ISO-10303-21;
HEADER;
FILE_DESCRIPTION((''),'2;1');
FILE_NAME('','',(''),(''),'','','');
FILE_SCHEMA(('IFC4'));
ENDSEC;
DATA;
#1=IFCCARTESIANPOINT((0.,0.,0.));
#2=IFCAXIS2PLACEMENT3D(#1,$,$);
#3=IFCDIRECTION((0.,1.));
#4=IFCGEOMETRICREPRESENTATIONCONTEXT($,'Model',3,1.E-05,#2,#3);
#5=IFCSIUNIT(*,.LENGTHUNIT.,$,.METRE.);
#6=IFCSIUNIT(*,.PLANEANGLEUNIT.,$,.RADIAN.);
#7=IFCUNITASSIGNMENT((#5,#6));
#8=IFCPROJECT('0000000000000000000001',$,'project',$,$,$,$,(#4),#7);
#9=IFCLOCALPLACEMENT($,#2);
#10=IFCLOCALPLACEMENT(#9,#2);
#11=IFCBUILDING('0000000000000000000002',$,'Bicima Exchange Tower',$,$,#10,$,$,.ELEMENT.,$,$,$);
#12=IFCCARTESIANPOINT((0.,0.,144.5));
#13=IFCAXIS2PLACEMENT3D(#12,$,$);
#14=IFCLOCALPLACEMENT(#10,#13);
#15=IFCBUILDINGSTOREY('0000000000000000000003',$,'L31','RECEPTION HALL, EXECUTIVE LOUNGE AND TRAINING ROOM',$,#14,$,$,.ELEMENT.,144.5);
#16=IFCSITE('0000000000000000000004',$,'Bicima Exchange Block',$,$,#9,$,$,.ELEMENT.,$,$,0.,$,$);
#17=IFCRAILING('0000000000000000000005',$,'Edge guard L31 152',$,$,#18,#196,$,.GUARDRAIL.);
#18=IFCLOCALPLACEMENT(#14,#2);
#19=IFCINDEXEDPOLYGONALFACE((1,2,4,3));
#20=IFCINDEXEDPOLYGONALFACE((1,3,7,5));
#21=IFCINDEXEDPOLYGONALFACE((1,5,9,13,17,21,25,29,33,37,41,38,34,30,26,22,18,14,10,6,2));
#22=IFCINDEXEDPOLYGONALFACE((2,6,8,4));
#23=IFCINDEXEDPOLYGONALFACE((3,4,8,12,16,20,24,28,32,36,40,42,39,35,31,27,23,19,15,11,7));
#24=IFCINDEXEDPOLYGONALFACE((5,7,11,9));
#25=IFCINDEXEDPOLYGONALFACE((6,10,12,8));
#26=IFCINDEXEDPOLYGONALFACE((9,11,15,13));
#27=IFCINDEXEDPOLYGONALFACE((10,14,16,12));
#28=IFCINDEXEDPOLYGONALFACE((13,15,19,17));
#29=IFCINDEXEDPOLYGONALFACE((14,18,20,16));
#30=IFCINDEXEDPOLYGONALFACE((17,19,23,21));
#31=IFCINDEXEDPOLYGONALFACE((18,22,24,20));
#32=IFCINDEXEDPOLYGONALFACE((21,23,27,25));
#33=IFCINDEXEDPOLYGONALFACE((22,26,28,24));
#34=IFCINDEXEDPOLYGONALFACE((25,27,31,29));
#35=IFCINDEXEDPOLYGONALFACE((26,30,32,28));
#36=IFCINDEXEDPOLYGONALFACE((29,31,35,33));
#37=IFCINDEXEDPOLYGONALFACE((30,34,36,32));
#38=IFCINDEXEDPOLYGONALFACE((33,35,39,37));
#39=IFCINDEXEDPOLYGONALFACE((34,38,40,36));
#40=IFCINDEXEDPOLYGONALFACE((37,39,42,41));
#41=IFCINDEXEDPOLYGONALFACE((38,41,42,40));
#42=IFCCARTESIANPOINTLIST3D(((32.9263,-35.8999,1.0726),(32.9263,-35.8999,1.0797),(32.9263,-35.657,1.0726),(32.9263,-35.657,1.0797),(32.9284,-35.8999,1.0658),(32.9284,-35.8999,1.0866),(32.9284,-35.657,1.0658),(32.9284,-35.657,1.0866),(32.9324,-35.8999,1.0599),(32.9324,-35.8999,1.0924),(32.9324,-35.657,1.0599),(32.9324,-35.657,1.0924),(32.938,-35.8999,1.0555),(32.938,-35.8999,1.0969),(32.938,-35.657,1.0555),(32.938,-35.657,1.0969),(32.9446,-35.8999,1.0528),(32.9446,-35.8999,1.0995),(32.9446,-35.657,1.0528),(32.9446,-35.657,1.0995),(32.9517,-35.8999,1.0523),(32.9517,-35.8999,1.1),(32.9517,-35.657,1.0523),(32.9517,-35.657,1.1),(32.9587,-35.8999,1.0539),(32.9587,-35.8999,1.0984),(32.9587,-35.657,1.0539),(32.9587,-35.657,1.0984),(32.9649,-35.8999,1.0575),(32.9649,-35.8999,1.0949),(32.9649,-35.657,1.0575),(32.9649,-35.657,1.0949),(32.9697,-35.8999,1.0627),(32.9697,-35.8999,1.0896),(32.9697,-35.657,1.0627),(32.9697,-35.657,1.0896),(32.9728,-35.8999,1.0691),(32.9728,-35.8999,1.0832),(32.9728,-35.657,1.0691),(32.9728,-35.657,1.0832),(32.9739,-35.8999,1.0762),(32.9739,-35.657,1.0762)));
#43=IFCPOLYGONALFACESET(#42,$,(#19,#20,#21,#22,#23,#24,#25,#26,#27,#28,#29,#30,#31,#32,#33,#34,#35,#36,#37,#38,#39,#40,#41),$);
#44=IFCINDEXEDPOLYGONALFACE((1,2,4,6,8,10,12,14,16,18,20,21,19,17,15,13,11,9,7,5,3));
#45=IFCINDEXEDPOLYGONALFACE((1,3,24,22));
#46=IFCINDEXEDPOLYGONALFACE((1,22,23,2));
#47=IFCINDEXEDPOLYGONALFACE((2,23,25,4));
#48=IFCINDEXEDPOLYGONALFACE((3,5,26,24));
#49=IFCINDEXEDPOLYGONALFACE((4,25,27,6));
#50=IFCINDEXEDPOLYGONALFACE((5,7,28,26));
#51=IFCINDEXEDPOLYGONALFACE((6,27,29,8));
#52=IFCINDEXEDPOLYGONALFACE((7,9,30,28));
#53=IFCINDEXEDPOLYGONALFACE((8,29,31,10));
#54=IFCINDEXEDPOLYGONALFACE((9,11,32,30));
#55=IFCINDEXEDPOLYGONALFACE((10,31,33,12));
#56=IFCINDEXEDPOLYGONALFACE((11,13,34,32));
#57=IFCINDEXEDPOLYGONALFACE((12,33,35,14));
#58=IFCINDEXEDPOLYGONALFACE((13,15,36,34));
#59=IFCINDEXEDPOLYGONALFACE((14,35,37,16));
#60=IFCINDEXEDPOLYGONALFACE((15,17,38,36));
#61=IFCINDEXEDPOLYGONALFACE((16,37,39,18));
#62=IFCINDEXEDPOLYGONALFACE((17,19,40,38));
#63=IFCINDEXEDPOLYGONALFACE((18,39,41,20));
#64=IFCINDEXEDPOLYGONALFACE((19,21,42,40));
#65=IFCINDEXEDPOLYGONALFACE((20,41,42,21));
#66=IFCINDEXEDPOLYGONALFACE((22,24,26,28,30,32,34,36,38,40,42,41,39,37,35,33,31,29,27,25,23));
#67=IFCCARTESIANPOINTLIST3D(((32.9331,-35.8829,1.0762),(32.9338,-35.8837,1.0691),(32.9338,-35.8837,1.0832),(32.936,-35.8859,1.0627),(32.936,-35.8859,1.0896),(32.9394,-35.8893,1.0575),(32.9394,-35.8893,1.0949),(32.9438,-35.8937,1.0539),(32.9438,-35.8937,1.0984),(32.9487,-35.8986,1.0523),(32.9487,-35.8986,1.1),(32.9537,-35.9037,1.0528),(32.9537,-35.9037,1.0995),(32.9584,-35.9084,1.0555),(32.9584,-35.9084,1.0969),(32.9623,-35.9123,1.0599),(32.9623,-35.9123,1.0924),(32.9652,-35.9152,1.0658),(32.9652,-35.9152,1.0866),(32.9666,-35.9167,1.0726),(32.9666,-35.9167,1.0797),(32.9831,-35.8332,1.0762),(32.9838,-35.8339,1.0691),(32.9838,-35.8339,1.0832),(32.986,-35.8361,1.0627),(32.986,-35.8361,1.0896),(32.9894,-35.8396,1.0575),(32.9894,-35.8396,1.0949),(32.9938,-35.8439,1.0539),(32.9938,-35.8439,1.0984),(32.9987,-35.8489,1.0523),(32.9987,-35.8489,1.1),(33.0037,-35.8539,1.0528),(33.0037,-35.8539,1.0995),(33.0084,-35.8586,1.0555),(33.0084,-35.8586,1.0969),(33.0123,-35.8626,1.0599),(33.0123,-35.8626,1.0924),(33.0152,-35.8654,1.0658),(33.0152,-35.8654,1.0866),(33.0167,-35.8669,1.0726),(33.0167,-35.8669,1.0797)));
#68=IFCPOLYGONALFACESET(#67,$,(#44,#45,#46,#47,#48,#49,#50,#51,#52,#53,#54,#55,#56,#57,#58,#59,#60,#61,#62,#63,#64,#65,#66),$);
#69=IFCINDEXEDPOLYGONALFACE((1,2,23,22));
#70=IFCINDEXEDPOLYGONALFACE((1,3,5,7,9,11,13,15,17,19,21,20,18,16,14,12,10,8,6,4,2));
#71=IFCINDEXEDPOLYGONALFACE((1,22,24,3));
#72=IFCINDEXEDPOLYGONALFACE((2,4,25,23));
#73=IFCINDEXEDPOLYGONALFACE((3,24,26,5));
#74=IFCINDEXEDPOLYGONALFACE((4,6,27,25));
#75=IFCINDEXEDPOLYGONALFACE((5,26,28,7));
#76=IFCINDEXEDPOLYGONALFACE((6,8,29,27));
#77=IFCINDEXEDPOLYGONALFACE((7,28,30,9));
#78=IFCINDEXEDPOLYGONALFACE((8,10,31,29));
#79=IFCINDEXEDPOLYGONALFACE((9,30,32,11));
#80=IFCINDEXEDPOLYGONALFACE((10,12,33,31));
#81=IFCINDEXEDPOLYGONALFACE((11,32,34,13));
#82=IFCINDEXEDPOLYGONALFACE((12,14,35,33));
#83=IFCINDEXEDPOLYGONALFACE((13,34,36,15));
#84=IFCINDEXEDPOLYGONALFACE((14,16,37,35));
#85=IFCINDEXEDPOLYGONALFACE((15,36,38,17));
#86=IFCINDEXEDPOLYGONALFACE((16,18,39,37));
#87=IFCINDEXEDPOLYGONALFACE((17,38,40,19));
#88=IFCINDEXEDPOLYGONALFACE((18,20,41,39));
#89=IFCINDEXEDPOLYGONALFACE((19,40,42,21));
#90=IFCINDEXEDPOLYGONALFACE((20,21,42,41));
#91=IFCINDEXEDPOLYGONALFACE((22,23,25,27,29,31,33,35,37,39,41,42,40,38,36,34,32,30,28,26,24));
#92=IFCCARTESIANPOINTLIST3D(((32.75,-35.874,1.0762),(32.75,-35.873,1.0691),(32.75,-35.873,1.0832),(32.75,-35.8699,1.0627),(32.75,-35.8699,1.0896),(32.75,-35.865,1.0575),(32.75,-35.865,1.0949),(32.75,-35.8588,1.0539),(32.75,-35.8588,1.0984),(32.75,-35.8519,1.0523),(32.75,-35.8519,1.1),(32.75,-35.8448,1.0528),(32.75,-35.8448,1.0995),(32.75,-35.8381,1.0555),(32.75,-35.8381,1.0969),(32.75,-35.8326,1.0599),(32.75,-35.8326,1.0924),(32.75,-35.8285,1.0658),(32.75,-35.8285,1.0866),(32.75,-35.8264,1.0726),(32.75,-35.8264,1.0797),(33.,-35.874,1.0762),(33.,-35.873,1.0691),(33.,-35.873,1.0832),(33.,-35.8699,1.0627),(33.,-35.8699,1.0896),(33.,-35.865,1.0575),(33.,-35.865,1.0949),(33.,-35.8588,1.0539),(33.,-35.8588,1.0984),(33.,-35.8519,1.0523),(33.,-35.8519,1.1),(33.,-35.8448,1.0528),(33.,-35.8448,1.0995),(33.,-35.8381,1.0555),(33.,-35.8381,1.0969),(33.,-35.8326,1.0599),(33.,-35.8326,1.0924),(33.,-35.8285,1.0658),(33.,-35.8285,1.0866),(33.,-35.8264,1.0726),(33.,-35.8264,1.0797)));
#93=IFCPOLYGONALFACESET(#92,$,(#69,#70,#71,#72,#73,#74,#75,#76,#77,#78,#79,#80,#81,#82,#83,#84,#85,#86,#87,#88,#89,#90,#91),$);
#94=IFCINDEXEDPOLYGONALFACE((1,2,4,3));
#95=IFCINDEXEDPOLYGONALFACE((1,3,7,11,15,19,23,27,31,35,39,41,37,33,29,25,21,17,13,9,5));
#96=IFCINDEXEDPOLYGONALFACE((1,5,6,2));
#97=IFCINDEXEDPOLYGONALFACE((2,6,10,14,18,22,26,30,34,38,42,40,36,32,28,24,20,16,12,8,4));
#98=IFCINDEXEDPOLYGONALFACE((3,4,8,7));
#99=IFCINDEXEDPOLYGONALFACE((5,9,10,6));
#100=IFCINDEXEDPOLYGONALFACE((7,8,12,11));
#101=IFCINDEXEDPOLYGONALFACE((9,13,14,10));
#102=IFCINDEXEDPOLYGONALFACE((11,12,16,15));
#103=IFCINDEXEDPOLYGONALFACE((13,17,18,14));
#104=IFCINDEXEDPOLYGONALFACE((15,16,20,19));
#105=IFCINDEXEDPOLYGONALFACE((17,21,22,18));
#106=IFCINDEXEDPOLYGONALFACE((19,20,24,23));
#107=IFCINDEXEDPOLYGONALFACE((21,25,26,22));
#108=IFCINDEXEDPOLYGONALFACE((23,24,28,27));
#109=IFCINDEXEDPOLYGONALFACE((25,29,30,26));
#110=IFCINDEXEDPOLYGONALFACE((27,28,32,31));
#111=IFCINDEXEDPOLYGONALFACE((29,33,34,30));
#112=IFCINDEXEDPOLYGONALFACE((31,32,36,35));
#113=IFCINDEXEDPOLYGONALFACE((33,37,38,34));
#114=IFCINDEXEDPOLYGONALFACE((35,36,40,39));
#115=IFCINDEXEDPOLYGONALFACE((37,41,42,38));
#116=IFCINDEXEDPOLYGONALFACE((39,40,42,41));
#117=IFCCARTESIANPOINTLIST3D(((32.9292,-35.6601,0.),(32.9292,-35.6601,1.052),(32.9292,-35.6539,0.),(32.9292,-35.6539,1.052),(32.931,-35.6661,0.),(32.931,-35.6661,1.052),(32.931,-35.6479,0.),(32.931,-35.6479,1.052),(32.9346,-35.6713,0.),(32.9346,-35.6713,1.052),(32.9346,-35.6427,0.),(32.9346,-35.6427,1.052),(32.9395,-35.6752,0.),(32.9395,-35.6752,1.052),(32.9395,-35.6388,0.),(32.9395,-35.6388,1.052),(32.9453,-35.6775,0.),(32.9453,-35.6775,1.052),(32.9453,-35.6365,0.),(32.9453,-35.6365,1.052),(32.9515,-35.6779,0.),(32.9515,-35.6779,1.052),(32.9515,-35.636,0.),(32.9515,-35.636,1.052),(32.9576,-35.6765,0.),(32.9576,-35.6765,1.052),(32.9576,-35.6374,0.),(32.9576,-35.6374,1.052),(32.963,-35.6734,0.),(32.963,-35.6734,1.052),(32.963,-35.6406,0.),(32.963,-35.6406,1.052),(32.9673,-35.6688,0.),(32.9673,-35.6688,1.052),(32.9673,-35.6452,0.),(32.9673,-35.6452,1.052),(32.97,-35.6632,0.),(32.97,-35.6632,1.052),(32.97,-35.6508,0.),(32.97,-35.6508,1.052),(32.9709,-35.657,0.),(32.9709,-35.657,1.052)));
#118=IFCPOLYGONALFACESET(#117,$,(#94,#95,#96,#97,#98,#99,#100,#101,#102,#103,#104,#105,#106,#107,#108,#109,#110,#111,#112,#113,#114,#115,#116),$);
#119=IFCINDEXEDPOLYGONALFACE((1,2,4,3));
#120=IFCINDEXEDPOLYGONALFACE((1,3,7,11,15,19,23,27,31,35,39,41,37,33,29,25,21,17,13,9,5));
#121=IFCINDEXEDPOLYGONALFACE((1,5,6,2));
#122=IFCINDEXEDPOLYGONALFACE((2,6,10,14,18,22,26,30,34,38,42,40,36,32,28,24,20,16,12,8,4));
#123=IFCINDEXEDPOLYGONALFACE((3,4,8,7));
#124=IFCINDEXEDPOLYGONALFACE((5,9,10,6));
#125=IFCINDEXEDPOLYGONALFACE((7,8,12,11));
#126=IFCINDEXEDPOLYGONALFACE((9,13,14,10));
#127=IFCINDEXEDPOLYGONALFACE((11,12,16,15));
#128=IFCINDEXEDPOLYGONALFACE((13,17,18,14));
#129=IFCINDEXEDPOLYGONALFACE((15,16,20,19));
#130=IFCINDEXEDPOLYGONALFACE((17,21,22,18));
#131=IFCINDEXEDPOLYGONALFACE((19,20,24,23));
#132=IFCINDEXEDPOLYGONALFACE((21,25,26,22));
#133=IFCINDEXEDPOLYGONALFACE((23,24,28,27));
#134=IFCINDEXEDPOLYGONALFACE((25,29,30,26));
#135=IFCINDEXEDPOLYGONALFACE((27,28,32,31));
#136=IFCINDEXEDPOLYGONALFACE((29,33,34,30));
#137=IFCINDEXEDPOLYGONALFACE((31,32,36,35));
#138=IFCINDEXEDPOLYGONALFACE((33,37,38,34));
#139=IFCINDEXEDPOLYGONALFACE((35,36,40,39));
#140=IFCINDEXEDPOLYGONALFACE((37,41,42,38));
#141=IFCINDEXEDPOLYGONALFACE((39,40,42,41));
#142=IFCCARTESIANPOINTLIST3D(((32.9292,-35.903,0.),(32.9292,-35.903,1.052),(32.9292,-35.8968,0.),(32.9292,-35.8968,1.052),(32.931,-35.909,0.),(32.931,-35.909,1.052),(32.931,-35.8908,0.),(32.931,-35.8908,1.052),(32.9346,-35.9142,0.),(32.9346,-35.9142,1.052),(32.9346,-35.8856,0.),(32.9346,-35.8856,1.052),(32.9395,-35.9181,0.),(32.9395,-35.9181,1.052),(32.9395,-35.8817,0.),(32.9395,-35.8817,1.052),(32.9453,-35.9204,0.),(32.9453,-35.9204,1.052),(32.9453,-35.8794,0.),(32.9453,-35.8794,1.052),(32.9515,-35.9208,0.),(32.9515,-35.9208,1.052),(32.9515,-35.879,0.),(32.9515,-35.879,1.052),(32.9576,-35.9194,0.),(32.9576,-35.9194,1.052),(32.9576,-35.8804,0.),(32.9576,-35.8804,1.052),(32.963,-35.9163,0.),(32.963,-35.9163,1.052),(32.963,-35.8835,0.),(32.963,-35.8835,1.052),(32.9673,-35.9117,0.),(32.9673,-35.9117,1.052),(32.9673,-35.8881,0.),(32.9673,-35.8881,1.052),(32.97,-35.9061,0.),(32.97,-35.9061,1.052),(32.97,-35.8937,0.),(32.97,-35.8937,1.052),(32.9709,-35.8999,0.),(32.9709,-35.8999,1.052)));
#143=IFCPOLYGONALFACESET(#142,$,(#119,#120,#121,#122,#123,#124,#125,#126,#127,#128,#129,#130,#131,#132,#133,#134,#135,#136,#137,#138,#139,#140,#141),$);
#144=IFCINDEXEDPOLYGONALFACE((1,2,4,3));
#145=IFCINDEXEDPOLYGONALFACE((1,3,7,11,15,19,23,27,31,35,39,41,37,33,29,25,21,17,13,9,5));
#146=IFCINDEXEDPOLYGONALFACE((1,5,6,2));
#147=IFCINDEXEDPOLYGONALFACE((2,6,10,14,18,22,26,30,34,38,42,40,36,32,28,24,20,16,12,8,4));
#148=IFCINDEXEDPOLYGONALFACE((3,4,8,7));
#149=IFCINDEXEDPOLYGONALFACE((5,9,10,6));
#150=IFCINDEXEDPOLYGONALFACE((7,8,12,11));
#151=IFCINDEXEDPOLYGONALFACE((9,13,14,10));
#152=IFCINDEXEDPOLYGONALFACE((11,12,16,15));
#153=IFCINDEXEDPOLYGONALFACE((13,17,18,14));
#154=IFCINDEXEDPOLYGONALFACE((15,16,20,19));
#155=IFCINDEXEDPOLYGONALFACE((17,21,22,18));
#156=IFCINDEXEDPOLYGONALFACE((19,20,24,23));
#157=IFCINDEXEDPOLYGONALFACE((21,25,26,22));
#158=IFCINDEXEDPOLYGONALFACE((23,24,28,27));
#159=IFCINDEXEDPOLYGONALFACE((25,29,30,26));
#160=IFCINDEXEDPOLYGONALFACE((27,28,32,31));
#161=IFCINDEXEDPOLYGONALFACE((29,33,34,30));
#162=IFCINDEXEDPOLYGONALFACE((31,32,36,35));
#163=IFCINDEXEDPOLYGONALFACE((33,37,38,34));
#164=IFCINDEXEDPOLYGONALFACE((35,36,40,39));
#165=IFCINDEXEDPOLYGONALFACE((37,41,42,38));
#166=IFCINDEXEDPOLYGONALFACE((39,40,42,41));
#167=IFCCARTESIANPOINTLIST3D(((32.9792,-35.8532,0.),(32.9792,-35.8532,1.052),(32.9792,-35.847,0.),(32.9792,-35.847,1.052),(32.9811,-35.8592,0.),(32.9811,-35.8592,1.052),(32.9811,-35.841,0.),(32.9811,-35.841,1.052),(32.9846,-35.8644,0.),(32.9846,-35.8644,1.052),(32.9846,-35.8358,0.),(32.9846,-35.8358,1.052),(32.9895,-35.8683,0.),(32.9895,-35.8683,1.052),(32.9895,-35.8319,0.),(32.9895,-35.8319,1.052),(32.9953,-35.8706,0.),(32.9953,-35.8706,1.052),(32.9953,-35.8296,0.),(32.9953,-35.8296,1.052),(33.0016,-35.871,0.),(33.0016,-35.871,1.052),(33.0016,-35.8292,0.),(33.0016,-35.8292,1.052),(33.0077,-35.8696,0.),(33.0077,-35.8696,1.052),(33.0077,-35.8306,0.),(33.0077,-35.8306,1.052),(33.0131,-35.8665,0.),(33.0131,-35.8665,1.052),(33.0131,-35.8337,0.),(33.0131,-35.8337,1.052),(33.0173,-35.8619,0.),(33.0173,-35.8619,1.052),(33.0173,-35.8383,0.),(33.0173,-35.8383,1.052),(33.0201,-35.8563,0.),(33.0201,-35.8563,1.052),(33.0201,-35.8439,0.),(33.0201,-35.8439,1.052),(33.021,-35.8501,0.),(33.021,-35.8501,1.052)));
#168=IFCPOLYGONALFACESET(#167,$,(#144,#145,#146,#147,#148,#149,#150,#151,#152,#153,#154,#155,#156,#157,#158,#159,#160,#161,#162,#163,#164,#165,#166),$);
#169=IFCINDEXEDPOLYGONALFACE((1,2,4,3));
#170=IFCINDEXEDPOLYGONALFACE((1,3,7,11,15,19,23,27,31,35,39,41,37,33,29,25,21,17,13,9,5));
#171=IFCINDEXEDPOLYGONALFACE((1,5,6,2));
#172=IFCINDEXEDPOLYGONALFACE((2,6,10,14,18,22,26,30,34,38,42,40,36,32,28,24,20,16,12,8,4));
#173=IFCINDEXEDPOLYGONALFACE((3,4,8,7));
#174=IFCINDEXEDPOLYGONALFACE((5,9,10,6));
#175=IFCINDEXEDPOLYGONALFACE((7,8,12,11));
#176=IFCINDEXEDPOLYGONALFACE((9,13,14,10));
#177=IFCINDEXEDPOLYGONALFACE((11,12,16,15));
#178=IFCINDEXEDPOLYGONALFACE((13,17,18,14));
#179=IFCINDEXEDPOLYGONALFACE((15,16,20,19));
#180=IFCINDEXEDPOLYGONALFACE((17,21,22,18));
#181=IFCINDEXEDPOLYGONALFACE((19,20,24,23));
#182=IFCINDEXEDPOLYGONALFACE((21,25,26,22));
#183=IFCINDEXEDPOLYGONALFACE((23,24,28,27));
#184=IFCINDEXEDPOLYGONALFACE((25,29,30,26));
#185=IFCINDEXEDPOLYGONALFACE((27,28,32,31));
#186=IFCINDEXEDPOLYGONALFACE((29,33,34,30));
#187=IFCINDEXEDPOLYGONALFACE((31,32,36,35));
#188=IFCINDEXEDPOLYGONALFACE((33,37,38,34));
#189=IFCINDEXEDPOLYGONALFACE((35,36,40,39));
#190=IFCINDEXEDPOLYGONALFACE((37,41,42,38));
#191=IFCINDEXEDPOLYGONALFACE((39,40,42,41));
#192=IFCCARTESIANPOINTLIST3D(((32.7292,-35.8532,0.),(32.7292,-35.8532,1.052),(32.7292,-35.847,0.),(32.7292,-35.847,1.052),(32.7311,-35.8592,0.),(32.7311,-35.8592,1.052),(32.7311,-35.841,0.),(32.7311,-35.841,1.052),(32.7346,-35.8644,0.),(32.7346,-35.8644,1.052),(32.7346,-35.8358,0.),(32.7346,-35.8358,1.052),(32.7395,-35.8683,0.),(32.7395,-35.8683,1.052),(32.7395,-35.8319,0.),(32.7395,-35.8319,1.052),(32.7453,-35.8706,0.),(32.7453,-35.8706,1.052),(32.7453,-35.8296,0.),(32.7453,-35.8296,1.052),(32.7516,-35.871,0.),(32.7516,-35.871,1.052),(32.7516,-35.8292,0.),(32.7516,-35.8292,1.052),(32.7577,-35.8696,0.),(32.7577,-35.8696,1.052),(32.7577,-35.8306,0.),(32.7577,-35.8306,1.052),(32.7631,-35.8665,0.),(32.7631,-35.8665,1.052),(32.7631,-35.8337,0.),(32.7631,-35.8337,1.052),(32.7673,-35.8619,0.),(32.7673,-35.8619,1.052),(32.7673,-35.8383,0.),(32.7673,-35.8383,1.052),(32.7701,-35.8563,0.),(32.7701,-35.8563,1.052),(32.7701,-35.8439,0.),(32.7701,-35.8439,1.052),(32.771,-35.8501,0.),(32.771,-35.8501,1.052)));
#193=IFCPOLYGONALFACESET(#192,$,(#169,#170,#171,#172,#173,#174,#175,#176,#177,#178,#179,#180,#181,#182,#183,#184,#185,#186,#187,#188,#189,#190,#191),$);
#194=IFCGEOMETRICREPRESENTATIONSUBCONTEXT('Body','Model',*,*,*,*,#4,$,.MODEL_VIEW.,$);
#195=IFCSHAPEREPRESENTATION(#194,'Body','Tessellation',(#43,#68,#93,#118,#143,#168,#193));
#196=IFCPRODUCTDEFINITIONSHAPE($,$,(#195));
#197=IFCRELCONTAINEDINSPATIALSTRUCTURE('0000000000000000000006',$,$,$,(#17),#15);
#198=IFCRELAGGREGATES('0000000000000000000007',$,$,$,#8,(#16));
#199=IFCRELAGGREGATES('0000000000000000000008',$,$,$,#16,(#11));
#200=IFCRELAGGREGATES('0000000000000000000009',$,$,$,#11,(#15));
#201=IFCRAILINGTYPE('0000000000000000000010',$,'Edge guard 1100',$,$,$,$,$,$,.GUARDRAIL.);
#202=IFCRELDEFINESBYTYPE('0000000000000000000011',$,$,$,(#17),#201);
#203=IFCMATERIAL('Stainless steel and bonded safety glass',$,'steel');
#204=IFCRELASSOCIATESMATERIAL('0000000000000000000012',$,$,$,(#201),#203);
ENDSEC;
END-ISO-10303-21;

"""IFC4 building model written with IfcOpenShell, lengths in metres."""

from ifc_helpers import new_model, si_unit, direction, frame, origin, origin_2d, place, context, subcontext, project, spatial, circle, extrude, material, type_object, element, save


model = new_model("IFC4")

# Units and contexts
model_context = context("Model", 3, precision=1e-05, world=origin(), true_north=direction((0.0, 1.0)))
body_context = subcontext(model_context, "Body", "Model", "MODEL_VIEW")
ifc_project = project(units=[si_unit("LENGTHUNIT", "METRE"), si_unit("PLANEANGLEUNIT", "RADIAN")], contexts=[model_context])

# Site, building, storey
site_placement = place(None, origin())
site = spatial("IfcSite", under=ifc_project, at=site_placement, Name="Bicima Exchange Block", CompositionType="ELEMENT", RefElevation=0.0)
building_placement = place(site_placement, origin())
building = spatial("IfcBuilding", under=site, at=building_placement, Name="Bicima Exchange Tower", CompositionType="ELEMENT")
storey_placement = place(building_placement, frame((0.0, 0.0, 144.5)))
storey = spatial("IfcBuildingStorey", under=building, at=storey_placement, Name="L31", Description="RECEPTION HALL, EXECUTIVE LOUNGE AND TRAINING ROOM", CompositionType="ELEMENT", Elevation=144.5)

# Railing
ifc_material_1 = material(Name="Stainless steel and bonded safety glass", Category="steel")
railing_type = type_object("IfcRailingType", Name="Edge guard 1100", PredefinedType="GUARDRAIL", material=ifc_material_1)
railing_1_placement = place(storey_placement, frame((32.95, -35.657, 0.0)))
element("IfcRailing", 1, at=railing_1_placement, inside=storey, type_object=railing_type, Name="Edge guard L31 152", PredefinedType="GUARDRAIL", context=body_context, shape_type="SweptSolid", body=[
    extrude(circle(Radius=0.0239, at=origin_2d()), frame((0.0, 0.0, 1.0762), z_axis=(0.0, -1.0, 0.0), x_axis=(1.0, 0.0, 0.0)), (0.0, 0.0, 1.0), 0.2429),
    extrude(circle(Radius=0.0239, at=origin_2d()), frame((0.0, -0.2429, 1.0762), z_axis=(0.708834, 0.705376, 0.0), x_axis=(-0.705376, 0.708834, 0.0)), (0.0, 0.0, 1.0), 0.0706),
    extrude(circle(Radius=0.0239, at=origin_2d()), frame((0.05, -0.1931, 1.0762), z_axis=(-1.0, 0.0, 0.0), x_axis=(0.0, -1.0, 0.0)), (0.0, 0.0, 1.0), 0.25),
    extrude(circle(Radius=0.021, at=origin_2d()), origin(), (0.0, 0.0, 1.0), 1.052),
    extrude(circle(Radius=0.021, at=origin_2d()), frame((0.0, -0.2429, 0.0)), (0.0, 0.0, 1.0), 1.052),
    extrude(circle(Radius=0.021, at=origin_2d()), frame((0.05, -0.1931, 0.0)), (0.0, 0.0, 1.0), 1.052),
    extrude(circle(Radius=0.021, at=origin_2d()), frame((-0.2, -0.1931, 0.0)), (0.0, 0.0, 1.0), 1.052),
])

save(model, "model.ifc")
